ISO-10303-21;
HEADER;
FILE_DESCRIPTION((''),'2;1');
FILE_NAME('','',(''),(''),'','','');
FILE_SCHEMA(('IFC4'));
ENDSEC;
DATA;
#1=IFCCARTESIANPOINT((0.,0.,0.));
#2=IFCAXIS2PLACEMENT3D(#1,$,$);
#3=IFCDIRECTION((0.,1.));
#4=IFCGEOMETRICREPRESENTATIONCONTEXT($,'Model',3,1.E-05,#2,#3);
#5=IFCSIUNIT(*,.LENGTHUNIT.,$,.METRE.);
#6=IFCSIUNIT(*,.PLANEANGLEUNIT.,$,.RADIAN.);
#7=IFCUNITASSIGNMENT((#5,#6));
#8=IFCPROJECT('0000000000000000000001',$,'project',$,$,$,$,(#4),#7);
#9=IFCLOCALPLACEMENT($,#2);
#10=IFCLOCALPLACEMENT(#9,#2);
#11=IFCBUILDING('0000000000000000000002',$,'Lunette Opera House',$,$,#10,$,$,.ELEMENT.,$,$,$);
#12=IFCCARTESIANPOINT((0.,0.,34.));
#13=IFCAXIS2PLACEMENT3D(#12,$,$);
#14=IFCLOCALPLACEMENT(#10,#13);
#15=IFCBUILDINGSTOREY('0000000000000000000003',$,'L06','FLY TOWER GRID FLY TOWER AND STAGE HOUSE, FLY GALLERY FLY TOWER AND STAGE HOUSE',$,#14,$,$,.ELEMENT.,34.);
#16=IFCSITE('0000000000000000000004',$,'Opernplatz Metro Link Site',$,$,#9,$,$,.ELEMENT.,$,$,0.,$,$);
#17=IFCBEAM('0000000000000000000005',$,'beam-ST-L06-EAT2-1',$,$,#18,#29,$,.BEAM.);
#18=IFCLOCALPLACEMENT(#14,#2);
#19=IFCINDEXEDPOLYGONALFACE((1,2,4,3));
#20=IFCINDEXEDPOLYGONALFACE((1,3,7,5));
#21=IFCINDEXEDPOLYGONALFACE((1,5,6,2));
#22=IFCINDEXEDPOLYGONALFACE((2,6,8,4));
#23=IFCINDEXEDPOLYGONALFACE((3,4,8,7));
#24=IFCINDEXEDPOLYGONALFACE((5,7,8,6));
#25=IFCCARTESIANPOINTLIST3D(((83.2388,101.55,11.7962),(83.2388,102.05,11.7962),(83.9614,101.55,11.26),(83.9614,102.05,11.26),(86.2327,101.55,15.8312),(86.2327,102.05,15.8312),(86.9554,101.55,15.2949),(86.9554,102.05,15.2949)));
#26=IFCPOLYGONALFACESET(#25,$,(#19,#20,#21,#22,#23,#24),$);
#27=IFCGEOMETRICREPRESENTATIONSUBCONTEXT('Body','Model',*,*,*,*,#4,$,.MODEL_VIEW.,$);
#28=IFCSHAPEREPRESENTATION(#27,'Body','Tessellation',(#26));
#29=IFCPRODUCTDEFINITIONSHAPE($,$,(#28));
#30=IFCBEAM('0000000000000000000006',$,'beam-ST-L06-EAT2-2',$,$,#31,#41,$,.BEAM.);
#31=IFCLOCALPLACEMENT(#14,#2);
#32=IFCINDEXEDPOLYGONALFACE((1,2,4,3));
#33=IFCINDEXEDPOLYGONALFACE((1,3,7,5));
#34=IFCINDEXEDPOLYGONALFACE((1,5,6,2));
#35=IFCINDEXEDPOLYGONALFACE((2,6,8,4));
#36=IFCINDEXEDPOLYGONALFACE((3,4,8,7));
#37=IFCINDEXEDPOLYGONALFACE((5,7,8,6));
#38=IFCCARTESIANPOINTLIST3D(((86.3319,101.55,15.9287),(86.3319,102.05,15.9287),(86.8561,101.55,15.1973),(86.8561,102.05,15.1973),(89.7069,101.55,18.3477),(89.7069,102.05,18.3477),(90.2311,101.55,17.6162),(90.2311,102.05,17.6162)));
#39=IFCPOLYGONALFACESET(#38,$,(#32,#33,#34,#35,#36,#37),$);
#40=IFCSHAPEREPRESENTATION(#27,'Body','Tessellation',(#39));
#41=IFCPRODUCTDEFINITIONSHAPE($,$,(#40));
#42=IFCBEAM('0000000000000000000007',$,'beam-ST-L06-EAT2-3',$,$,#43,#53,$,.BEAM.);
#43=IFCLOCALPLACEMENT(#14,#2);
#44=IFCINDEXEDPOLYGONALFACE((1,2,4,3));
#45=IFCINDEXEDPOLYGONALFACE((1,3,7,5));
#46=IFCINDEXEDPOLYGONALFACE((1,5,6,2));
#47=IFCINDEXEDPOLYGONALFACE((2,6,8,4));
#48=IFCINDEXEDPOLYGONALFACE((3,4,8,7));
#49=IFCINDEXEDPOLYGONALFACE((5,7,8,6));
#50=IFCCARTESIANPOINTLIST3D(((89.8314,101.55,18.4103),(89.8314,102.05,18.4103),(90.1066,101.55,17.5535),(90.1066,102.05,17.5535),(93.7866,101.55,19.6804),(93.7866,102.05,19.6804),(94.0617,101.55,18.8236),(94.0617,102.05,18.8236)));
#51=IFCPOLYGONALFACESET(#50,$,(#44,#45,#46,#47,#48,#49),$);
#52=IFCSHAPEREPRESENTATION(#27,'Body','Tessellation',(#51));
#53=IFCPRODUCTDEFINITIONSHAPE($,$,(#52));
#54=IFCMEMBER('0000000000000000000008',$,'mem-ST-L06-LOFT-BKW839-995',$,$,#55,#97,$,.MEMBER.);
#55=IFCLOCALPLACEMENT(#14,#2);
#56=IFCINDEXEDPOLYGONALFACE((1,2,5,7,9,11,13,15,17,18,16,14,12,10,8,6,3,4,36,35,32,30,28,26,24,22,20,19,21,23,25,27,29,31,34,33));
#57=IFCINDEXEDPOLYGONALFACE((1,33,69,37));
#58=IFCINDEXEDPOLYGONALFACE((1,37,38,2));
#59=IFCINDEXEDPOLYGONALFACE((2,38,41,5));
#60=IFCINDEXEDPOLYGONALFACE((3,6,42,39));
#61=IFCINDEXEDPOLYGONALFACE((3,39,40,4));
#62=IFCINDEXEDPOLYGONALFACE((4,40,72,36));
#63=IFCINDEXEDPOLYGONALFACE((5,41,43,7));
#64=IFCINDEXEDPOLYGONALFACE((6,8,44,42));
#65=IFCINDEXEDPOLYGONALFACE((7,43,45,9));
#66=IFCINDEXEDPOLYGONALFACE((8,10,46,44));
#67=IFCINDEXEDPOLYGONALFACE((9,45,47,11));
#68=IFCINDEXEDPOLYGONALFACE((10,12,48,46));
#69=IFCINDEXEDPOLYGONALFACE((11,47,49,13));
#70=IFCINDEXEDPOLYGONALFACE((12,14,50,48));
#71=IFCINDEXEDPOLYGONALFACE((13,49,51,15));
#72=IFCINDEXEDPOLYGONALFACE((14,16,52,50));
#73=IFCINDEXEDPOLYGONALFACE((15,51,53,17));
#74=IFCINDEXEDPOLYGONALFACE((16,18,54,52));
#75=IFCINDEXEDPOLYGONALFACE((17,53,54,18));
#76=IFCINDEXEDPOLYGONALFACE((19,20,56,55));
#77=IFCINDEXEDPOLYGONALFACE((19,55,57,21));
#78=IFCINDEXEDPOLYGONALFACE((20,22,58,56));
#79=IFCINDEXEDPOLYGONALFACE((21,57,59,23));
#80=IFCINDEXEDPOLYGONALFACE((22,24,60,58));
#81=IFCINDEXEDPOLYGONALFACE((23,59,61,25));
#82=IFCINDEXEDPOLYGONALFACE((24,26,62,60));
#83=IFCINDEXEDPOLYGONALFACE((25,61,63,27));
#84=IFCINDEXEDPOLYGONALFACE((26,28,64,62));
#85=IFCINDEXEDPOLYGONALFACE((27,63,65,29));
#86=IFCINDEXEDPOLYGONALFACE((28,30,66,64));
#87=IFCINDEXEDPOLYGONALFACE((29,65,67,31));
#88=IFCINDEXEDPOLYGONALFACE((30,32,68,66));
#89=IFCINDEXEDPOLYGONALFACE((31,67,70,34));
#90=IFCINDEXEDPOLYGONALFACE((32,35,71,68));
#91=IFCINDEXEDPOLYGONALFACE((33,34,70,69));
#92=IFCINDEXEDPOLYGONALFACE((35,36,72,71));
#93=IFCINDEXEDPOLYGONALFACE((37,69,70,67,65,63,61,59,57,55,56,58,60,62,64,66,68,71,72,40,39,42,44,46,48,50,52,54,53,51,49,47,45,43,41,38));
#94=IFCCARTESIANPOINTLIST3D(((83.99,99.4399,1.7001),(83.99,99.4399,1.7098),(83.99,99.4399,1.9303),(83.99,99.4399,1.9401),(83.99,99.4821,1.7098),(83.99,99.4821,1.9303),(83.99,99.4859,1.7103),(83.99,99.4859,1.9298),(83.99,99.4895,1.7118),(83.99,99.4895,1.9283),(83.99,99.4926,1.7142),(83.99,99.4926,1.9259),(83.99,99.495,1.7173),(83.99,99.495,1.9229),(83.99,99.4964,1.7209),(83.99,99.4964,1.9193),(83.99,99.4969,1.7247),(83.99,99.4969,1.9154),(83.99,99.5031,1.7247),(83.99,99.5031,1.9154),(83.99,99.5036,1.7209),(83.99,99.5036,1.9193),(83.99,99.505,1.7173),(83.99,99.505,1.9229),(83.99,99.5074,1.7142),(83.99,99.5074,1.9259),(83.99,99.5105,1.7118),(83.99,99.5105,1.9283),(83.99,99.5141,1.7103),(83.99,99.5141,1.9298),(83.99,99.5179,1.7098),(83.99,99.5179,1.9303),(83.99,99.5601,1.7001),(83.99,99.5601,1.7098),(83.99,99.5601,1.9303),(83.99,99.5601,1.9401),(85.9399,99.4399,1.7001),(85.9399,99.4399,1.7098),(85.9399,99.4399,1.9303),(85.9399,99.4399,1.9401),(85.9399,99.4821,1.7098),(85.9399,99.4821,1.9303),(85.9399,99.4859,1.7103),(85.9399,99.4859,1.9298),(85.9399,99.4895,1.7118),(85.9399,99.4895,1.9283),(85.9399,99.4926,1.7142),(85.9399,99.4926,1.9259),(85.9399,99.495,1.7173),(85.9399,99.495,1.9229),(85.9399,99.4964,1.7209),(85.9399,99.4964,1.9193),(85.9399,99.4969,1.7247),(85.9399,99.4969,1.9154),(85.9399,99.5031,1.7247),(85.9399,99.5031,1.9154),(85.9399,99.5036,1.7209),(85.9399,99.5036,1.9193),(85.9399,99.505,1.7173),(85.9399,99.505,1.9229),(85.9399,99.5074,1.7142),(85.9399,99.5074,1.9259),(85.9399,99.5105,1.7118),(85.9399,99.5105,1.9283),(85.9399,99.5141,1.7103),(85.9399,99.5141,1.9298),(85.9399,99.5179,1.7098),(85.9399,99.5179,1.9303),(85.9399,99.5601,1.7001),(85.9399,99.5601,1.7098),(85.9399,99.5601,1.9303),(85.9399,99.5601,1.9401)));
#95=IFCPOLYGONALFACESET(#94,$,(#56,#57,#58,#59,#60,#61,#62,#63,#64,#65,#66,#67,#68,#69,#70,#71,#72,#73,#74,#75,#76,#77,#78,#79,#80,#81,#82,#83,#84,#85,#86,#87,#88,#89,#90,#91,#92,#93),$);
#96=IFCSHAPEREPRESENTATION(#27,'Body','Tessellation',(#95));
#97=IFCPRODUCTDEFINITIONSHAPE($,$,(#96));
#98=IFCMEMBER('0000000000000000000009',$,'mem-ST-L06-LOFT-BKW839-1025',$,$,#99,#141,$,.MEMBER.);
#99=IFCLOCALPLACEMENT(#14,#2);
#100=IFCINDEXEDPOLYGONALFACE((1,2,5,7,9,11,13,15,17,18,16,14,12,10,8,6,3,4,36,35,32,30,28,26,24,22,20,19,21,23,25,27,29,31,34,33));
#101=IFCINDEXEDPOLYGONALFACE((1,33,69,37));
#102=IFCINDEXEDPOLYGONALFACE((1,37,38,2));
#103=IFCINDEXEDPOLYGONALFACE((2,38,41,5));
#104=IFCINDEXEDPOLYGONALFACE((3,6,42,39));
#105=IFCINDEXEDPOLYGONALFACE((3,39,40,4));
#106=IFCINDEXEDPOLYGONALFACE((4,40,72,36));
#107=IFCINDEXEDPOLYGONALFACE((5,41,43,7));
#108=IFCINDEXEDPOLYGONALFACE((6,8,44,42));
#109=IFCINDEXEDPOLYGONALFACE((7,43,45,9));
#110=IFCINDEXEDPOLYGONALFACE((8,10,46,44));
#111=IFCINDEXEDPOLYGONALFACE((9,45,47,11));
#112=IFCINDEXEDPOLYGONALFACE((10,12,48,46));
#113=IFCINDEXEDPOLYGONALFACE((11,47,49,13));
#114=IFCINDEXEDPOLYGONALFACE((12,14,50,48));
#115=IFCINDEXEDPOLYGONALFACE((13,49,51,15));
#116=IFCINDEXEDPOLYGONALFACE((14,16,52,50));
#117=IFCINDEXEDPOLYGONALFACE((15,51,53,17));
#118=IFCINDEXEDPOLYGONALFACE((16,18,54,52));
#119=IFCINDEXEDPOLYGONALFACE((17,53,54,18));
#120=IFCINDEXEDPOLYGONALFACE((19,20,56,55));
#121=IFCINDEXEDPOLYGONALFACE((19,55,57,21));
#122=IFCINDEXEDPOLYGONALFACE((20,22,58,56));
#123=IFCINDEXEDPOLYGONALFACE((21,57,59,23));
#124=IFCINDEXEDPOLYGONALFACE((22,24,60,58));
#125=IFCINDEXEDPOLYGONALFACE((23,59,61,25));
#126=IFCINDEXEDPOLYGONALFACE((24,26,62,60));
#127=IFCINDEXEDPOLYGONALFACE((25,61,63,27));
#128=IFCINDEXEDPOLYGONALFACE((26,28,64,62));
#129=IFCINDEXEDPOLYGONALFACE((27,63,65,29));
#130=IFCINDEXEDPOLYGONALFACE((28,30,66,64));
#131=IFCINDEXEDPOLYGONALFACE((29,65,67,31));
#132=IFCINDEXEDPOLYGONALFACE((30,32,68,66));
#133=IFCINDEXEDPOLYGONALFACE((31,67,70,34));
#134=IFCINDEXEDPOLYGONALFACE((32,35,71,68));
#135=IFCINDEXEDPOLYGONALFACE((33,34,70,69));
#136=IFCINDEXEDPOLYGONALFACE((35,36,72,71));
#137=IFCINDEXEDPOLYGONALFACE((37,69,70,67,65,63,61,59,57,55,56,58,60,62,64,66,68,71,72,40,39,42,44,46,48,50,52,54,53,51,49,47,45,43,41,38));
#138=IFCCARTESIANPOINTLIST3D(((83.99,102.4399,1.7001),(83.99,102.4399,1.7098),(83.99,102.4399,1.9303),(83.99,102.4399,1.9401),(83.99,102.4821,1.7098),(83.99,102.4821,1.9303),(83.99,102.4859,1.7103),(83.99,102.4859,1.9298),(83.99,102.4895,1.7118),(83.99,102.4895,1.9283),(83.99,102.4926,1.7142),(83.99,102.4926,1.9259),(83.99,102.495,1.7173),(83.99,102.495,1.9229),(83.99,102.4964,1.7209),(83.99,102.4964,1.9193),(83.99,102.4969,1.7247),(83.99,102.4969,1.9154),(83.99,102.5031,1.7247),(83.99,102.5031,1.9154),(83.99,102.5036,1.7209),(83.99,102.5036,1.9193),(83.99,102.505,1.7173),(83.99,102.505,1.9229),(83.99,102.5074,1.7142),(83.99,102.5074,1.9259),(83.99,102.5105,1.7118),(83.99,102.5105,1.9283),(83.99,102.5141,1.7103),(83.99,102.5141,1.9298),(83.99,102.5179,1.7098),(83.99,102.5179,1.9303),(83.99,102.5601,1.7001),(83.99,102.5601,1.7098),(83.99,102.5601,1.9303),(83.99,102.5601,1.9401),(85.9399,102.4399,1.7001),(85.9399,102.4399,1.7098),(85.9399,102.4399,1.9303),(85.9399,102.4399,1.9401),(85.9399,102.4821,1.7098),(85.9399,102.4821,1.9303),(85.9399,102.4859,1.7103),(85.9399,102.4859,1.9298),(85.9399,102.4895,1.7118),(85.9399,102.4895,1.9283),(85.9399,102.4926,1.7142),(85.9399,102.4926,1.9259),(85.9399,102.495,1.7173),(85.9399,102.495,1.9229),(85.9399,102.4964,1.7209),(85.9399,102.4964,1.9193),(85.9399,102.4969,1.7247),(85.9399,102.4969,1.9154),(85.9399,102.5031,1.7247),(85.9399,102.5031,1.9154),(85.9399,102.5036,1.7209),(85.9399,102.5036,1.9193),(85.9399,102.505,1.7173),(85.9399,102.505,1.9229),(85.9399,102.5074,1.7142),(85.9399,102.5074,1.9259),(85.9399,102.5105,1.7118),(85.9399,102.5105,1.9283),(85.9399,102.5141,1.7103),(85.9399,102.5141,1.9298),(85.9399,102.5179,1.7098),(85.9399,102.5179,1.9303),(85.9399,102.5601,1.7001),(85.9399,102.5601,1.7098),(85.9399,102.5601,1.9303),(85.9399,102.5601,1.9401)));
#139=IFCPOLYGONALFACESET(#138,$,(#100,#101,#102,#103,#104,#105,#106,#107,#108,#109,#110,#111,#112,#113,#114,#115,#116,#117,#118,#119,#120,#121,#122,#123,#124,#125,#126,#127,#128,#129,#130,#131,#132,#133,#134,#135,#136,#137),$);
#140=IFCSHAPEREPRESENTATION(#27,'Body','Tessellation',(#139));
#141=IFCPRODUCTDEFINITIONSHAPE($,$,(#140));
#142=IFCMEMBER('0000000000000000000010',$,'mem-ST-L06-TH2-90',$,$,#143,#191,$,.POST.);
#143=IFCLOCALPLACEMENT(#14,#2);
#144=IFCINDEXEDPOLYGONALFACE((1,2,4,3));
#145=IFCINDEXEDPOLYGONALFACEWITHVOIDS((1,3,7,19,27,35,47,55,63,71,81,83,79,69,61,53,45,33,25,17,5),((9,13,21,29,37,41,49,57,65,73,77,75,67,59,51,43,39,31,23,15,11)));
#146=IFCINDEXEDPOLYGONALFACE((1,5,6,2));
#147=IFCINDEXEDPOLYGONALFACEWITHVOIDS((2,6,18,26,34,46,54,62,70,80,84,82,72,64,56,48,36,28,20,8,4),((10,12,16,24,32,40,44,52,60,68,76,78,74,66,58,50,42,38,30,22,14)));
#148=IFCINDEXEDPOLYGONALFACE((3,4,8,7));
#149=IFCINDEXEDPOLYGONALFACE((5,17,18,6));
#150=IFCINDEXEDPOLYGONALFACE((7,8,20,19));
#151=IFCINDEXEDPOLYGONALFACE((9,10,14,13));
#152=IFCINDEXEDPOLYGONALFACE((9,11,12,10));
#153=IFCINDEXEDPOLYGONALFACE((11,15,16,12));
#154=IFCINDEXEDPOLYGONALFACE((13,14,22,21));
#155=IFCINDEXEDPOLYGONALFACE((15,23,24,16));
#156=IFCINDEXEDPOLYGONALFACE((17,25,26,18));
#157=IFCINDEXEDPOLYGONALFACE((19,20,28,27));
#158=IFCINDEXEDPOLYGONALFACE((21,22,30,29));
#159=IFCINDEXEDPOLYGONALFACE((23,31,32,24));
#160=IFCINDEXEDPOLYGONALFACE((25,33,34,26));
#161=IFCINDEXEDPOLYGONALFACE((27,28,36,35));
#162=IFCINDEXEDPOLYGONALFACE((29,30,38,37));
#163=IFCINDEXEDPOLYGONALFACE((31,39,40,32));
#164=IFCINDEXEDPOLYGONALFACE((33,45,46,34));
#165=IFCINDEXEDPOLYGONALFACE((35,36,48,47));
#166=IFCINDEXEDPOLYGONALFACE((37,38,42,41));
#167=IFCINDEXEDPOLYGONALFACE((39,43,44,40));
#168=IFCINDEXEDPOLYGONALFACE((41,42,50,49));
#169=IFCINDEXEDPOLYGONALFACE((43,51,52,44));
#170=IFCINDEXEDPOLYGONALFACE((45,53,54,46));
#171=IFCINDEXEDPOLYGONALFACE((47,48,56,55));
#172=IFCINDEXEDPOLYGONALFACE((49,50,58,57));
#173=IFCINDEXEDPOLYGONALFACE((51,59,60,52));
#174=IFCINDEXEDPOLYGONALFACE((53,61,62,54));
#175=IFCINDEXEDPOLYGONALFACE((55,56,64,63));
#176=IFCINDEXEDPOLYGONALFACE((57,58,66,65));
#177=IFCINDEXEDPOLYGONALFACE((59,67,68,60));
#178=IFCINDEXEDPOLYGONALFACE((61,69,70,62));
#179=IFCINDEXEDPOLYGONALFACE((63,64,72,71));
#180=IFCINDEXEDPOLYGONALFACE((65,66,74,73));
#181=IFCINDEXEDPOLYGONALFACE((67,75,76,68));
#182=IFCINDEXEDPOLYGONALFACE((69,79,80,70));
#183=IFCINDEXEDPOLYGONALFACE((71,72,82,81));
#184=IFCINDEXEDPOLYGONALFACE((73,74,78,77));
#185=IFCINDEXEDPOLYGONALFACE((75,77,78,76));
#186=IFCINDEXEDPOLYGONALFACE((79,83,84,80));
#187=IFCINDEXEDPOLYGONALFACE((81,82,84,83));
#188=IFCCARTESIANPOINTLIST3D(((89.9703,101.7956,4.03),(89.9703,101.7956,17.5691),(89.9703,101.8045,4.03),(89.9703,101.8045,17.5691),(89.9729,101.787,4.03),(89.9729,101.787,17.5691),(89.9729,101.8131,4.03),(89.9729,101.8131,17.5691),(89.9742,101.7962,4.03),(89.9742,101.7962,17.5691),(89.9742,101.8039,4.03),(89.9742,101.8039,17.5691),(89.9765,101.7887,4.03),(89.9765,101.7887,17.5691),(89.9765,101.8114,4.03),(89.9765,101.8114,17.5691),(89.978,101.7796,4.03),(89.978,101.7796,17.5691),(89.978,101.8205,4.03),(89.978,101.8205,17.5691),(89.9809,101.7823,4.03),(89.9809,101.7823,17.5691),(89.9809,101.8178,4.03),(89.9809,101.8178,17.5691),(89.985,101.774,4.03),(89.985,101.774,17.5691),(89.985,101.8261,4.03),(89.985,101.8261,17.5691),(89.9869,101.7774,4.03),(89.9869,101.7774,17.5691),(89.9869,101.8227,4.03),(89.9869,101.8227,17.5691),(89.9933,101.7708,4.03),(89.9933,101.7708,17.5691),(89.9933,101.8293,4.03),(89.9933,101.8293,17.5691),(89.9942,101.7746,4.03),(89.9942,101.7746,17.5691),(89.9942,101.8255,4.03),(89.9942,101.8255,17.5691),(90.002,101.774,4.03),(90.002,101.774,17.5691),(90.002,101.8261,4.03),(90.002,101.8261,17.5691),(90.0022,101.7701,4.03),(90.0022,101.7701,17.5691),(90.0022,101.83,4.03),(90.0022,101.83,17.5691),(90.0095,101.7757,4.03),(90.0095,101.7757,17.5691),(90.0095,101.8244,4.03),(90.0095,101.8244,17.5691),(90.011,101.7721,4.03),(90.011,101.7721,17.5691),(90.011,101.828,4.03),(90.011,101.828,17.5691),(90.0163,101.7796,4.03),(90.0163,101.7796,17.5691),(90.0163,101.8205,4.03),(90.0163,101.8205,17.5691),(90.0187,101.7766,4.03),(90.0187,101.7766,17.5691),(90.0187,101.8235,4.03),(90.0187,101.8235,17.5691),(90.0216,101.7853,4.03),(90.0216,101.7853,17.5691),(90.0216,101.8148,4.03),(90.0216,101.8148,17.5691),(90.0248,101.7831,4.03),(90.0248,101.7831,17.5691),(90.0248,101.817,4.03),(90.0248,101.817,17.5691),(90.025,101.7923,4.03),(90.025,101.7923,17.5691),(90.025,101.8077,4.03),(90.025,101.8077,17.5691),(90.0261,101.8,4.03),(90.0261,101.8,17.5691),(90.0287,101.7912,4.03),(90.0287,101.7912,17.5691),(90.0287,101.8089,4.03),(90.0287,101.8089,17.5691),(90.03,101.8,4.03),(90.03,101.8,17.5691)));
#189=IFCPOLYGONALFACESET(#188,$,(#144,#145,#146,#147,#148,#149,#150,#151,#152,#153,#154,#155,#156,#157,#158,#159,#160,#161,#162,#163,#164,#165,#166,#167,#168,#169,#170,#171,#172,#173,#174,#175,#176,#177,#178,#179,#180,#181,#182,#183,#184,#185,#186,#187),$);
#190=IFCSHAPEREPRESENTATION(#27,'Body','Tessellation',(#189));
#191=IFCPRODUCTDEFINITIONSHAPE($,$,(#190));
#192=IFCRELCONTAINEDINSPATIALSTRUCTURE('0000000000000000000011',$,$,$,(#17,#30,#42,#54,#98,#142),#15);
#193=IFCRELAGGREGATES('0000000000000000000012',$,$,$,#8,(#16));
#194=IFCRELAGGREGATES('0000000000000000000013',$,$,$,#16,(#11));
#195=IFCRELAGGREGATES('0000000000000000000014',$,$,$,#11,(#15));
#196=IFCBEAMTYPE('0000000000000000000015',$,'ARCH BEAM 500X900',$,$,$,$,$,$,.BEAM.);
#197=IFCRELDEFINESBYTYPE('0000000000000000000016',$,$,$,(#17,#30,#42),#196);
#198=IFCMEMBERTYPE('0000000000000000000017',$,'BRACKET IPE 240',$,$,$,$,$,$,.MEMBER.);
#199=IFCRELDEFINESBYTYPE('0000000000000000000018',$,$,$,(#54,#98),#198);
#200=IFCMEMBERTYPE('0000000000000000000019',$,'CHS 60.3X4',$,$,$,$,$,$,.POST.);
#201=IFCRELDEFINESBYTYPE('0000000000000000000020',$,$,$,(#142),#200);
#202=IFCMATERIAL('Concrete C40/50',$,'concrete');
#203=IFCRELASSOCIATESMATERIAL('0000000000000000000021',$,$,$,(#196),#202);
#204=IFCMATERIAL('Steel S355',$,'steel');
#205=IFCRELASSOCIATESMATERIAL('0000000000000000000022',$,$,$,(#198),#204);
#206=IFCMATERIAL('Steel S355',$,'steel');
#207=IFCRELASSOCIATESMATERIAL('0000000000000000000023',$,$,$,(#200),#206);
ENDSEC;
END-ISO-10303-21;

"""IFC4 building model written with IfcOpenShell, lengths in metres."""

from ifc_helpers import new_model, si_unit, direction, frame, origin, origin_2d, place, context, subcontext, project, spatial, rectangle, hollow_circle, i_section, extrude, material, material_profile, profile_set, type_object, element, save


model = new_model("IFC4")

# Units and contexts
model_context = context("Model", 3, precision=1e-05, world=origin(), true_north=direction((0.0, 1.0)))
body_context = subcontext(model_context, "Body", "Model", "MODEL_VIEW")
ifc_project = project(units=[si_unit("LENGTHUNIT", "METRE"), si_unit("PLANEANGLEUNIT", "RADIAN")], contexts=[model_context])

# Site, building, storey
site_placement = place(None, origin())
site = spatial("IfcSite", under=ifc_project, at=site_placement, Name="Opernplatz Metro Link Site", CompositionType="ELEMENT", RefElevation=0.0)
building_placement = place(site_placement, origin())
building = spatial("IfcBuilding", under=site, at=building_placement, Name="Lunette Opera House", CompositionType="ELEMENT")
storey_placement = place(building_placement, frame((0.0, 0.0, 34.0)))
storey = spatial("IfcBuildingStorey", under=building, at=storey_placement, Name="L06", Description="FLY TOWER GRID FLY TOWER AND STAGE HOUSE, FLY GALLERY FLY TOWER AND STAGE HOUSE", CompositionType="ELEMENT", Elevation=34.0)

# Beams
ifc_material_1 = material(Name="Concrete C40/50", Category="concrete")
ifc_material_profile_1 = material_profile(ifc_material_1, rectangle(XDim=0.5, YDim=0.8999, at=origin_2d()), Name="ARCH BEAM 500X900")
ifc_profile_set_1 = profile_set([ifc_material_profile_1], Name="Concrete C40/50")
beam_type = type_object("IfcBeamType", Name="ARCH BEAM 500X900", PredefinedType="BEAM", material=ifc_profile_set_1)
beam_1_placement = place(storey_placement, frame((83.6001, 101.8, 11.5281), z_axis=(0.595879, 0.0, 0.803074), x_axis=(0.0, 1.0, 0.0)))
element("IfcBeam", 1, at=beam_1_placement, inside=storey, type_object=beam_type, Name="beam-ST-L06-EAT2-1", PredefinedType="BEAM", context=body_context, shape_type="SweptSolid", body=[
    extrude(rectangle(XDim=0.5, YDim=0.8999, at=origin_2d()), origin(), (0.0, 0.0, 1.0), 5.0244),
])
beam_2_placement = place(storey_placement, frame((86.594, 101.8, 15.563), z_axis=(0.812795, 0.0, 0.58255), x_axis=(0.0, 1.0, 0.0)))
element("IfcBeam", 2, at=beam_2_placement, inside=storey, type_object=beam_type, Name="beam-ST-L06-EAT2-2", PredefinedType="BEAM", context=body_context, shape_type="SweptSolid", body=[
    extrude(rectangle(XDim=0.5, YDim=0.8999, at=origin_2d()), origin(), (0.0, 0.0, 1.0), 4.1523),
])
beam_3_placement = place(storey_placement, frame((89.969, 101.8, 17.9819), z_axis=(0.952117, 0.0, 0.305735), x_axis=(0.0, 1.0, 0.0)))
element("IfcBeam", 3, at=beam_3_placement, inside=storey, type_object=beam_type, Name="beam-ST-L06-EAT2-3", PredefinedType="BEAM", context=body_context, shape_type="SweptSolid", body=[
    extrude(rectangle(XDim=0.5, YDim=0.8999, at=origin_2d()), origin(), (0.0, 0.0, 1.0), 4.1541),
])

# Members
ifc_material_2 = material(Name="Steel S355", Category="steel")
ifc_material_profile_2 = material_profile(ifc_material_2, i_section(OverallWidth=0.1201, OverallDepth=0.24, WebThickness=0.0061, FlangeThickness=0.0098, FilletRadius=0.0149, at=origin_2d()), Name="IPE 240")
ifc_profile_set_2 = profile_set([ifc_material_profile_2], Name="Steel S355")
member_type_1 = type_object("IfcMemberType", Name="BRACKET IPE 240", PredefinedType="MEMBER", material=ifc_profile_set_2)
for number, where, z_axis, x_axis, name in (
    (4, (83.99, 99.5, 1.8201), (1.0, 0.0, 0.0), (0.0, 1.0, 0.0), "mem-ST-L06-LOFT-BKW839-995"),
    (5, (83.99, 102.5, 1.8201), (1.0, 0.0, 0.0), (0.0, 1.0, 0.0), "mem-ST-L06-LOFT-BKW839-1025"),
):
    element("IfcMember", number, at=place(storey_placement, frame(where, z_axis=z_axis, x_axis=x_axis)), inside=storey, type_object=member_type_1, Name=name, PredefinedType="MEMBER", context=body_context, shape_type="SweptSolid", body=[
        extrude(i_section(OverallWidth=0.1201, OverallDepth=0.24, WebThickness=0.0061, FlangeThickness=0.0098, FilletRadius=0.0149, at=origin_2d()), origin(), (0.0, 0.0, 1.0), 1.95),
    ])
ifc_material_3 = material(Name="Steel S355", Category="steel")
ifc_material_profile_3 = material_profile(ifc_material_3, hollow_circle(Radius=0.03, WallThickness=0.0039, at=origin_2d()), Name="CHS 60.3X4")
ifc_profile_set_3 = profile_set([ifc_material_profile_3], Name="Steel S355")
member_type_2 = type_object("IfcMemberType", Name="CHS 60.3X4", PredefinedType="POST", material=ifc_profile_set_3)
member_1_placement = place(storey_placement, frame((90.0, 101.8, 4.03), z_axis=(0.0, 0.0, 1.0), x_axis=(1.0, 0.0, 0.0)))
element("IfcMember", 6, at=member_1_placement, inside=storey, type_object=member_type_2, Name="mem-ST-L06-TH2-90", PredefinedType="POST", context=body_context, shape_type="SweptSolid", body=[
    extrude(hollow_circle(Radius=0.03, WallThickness=0.0039, at=origin_2d()), origin(), (0.0, 0.0, 1.0), 13.5391),
])

save(model, "model.ifc")
